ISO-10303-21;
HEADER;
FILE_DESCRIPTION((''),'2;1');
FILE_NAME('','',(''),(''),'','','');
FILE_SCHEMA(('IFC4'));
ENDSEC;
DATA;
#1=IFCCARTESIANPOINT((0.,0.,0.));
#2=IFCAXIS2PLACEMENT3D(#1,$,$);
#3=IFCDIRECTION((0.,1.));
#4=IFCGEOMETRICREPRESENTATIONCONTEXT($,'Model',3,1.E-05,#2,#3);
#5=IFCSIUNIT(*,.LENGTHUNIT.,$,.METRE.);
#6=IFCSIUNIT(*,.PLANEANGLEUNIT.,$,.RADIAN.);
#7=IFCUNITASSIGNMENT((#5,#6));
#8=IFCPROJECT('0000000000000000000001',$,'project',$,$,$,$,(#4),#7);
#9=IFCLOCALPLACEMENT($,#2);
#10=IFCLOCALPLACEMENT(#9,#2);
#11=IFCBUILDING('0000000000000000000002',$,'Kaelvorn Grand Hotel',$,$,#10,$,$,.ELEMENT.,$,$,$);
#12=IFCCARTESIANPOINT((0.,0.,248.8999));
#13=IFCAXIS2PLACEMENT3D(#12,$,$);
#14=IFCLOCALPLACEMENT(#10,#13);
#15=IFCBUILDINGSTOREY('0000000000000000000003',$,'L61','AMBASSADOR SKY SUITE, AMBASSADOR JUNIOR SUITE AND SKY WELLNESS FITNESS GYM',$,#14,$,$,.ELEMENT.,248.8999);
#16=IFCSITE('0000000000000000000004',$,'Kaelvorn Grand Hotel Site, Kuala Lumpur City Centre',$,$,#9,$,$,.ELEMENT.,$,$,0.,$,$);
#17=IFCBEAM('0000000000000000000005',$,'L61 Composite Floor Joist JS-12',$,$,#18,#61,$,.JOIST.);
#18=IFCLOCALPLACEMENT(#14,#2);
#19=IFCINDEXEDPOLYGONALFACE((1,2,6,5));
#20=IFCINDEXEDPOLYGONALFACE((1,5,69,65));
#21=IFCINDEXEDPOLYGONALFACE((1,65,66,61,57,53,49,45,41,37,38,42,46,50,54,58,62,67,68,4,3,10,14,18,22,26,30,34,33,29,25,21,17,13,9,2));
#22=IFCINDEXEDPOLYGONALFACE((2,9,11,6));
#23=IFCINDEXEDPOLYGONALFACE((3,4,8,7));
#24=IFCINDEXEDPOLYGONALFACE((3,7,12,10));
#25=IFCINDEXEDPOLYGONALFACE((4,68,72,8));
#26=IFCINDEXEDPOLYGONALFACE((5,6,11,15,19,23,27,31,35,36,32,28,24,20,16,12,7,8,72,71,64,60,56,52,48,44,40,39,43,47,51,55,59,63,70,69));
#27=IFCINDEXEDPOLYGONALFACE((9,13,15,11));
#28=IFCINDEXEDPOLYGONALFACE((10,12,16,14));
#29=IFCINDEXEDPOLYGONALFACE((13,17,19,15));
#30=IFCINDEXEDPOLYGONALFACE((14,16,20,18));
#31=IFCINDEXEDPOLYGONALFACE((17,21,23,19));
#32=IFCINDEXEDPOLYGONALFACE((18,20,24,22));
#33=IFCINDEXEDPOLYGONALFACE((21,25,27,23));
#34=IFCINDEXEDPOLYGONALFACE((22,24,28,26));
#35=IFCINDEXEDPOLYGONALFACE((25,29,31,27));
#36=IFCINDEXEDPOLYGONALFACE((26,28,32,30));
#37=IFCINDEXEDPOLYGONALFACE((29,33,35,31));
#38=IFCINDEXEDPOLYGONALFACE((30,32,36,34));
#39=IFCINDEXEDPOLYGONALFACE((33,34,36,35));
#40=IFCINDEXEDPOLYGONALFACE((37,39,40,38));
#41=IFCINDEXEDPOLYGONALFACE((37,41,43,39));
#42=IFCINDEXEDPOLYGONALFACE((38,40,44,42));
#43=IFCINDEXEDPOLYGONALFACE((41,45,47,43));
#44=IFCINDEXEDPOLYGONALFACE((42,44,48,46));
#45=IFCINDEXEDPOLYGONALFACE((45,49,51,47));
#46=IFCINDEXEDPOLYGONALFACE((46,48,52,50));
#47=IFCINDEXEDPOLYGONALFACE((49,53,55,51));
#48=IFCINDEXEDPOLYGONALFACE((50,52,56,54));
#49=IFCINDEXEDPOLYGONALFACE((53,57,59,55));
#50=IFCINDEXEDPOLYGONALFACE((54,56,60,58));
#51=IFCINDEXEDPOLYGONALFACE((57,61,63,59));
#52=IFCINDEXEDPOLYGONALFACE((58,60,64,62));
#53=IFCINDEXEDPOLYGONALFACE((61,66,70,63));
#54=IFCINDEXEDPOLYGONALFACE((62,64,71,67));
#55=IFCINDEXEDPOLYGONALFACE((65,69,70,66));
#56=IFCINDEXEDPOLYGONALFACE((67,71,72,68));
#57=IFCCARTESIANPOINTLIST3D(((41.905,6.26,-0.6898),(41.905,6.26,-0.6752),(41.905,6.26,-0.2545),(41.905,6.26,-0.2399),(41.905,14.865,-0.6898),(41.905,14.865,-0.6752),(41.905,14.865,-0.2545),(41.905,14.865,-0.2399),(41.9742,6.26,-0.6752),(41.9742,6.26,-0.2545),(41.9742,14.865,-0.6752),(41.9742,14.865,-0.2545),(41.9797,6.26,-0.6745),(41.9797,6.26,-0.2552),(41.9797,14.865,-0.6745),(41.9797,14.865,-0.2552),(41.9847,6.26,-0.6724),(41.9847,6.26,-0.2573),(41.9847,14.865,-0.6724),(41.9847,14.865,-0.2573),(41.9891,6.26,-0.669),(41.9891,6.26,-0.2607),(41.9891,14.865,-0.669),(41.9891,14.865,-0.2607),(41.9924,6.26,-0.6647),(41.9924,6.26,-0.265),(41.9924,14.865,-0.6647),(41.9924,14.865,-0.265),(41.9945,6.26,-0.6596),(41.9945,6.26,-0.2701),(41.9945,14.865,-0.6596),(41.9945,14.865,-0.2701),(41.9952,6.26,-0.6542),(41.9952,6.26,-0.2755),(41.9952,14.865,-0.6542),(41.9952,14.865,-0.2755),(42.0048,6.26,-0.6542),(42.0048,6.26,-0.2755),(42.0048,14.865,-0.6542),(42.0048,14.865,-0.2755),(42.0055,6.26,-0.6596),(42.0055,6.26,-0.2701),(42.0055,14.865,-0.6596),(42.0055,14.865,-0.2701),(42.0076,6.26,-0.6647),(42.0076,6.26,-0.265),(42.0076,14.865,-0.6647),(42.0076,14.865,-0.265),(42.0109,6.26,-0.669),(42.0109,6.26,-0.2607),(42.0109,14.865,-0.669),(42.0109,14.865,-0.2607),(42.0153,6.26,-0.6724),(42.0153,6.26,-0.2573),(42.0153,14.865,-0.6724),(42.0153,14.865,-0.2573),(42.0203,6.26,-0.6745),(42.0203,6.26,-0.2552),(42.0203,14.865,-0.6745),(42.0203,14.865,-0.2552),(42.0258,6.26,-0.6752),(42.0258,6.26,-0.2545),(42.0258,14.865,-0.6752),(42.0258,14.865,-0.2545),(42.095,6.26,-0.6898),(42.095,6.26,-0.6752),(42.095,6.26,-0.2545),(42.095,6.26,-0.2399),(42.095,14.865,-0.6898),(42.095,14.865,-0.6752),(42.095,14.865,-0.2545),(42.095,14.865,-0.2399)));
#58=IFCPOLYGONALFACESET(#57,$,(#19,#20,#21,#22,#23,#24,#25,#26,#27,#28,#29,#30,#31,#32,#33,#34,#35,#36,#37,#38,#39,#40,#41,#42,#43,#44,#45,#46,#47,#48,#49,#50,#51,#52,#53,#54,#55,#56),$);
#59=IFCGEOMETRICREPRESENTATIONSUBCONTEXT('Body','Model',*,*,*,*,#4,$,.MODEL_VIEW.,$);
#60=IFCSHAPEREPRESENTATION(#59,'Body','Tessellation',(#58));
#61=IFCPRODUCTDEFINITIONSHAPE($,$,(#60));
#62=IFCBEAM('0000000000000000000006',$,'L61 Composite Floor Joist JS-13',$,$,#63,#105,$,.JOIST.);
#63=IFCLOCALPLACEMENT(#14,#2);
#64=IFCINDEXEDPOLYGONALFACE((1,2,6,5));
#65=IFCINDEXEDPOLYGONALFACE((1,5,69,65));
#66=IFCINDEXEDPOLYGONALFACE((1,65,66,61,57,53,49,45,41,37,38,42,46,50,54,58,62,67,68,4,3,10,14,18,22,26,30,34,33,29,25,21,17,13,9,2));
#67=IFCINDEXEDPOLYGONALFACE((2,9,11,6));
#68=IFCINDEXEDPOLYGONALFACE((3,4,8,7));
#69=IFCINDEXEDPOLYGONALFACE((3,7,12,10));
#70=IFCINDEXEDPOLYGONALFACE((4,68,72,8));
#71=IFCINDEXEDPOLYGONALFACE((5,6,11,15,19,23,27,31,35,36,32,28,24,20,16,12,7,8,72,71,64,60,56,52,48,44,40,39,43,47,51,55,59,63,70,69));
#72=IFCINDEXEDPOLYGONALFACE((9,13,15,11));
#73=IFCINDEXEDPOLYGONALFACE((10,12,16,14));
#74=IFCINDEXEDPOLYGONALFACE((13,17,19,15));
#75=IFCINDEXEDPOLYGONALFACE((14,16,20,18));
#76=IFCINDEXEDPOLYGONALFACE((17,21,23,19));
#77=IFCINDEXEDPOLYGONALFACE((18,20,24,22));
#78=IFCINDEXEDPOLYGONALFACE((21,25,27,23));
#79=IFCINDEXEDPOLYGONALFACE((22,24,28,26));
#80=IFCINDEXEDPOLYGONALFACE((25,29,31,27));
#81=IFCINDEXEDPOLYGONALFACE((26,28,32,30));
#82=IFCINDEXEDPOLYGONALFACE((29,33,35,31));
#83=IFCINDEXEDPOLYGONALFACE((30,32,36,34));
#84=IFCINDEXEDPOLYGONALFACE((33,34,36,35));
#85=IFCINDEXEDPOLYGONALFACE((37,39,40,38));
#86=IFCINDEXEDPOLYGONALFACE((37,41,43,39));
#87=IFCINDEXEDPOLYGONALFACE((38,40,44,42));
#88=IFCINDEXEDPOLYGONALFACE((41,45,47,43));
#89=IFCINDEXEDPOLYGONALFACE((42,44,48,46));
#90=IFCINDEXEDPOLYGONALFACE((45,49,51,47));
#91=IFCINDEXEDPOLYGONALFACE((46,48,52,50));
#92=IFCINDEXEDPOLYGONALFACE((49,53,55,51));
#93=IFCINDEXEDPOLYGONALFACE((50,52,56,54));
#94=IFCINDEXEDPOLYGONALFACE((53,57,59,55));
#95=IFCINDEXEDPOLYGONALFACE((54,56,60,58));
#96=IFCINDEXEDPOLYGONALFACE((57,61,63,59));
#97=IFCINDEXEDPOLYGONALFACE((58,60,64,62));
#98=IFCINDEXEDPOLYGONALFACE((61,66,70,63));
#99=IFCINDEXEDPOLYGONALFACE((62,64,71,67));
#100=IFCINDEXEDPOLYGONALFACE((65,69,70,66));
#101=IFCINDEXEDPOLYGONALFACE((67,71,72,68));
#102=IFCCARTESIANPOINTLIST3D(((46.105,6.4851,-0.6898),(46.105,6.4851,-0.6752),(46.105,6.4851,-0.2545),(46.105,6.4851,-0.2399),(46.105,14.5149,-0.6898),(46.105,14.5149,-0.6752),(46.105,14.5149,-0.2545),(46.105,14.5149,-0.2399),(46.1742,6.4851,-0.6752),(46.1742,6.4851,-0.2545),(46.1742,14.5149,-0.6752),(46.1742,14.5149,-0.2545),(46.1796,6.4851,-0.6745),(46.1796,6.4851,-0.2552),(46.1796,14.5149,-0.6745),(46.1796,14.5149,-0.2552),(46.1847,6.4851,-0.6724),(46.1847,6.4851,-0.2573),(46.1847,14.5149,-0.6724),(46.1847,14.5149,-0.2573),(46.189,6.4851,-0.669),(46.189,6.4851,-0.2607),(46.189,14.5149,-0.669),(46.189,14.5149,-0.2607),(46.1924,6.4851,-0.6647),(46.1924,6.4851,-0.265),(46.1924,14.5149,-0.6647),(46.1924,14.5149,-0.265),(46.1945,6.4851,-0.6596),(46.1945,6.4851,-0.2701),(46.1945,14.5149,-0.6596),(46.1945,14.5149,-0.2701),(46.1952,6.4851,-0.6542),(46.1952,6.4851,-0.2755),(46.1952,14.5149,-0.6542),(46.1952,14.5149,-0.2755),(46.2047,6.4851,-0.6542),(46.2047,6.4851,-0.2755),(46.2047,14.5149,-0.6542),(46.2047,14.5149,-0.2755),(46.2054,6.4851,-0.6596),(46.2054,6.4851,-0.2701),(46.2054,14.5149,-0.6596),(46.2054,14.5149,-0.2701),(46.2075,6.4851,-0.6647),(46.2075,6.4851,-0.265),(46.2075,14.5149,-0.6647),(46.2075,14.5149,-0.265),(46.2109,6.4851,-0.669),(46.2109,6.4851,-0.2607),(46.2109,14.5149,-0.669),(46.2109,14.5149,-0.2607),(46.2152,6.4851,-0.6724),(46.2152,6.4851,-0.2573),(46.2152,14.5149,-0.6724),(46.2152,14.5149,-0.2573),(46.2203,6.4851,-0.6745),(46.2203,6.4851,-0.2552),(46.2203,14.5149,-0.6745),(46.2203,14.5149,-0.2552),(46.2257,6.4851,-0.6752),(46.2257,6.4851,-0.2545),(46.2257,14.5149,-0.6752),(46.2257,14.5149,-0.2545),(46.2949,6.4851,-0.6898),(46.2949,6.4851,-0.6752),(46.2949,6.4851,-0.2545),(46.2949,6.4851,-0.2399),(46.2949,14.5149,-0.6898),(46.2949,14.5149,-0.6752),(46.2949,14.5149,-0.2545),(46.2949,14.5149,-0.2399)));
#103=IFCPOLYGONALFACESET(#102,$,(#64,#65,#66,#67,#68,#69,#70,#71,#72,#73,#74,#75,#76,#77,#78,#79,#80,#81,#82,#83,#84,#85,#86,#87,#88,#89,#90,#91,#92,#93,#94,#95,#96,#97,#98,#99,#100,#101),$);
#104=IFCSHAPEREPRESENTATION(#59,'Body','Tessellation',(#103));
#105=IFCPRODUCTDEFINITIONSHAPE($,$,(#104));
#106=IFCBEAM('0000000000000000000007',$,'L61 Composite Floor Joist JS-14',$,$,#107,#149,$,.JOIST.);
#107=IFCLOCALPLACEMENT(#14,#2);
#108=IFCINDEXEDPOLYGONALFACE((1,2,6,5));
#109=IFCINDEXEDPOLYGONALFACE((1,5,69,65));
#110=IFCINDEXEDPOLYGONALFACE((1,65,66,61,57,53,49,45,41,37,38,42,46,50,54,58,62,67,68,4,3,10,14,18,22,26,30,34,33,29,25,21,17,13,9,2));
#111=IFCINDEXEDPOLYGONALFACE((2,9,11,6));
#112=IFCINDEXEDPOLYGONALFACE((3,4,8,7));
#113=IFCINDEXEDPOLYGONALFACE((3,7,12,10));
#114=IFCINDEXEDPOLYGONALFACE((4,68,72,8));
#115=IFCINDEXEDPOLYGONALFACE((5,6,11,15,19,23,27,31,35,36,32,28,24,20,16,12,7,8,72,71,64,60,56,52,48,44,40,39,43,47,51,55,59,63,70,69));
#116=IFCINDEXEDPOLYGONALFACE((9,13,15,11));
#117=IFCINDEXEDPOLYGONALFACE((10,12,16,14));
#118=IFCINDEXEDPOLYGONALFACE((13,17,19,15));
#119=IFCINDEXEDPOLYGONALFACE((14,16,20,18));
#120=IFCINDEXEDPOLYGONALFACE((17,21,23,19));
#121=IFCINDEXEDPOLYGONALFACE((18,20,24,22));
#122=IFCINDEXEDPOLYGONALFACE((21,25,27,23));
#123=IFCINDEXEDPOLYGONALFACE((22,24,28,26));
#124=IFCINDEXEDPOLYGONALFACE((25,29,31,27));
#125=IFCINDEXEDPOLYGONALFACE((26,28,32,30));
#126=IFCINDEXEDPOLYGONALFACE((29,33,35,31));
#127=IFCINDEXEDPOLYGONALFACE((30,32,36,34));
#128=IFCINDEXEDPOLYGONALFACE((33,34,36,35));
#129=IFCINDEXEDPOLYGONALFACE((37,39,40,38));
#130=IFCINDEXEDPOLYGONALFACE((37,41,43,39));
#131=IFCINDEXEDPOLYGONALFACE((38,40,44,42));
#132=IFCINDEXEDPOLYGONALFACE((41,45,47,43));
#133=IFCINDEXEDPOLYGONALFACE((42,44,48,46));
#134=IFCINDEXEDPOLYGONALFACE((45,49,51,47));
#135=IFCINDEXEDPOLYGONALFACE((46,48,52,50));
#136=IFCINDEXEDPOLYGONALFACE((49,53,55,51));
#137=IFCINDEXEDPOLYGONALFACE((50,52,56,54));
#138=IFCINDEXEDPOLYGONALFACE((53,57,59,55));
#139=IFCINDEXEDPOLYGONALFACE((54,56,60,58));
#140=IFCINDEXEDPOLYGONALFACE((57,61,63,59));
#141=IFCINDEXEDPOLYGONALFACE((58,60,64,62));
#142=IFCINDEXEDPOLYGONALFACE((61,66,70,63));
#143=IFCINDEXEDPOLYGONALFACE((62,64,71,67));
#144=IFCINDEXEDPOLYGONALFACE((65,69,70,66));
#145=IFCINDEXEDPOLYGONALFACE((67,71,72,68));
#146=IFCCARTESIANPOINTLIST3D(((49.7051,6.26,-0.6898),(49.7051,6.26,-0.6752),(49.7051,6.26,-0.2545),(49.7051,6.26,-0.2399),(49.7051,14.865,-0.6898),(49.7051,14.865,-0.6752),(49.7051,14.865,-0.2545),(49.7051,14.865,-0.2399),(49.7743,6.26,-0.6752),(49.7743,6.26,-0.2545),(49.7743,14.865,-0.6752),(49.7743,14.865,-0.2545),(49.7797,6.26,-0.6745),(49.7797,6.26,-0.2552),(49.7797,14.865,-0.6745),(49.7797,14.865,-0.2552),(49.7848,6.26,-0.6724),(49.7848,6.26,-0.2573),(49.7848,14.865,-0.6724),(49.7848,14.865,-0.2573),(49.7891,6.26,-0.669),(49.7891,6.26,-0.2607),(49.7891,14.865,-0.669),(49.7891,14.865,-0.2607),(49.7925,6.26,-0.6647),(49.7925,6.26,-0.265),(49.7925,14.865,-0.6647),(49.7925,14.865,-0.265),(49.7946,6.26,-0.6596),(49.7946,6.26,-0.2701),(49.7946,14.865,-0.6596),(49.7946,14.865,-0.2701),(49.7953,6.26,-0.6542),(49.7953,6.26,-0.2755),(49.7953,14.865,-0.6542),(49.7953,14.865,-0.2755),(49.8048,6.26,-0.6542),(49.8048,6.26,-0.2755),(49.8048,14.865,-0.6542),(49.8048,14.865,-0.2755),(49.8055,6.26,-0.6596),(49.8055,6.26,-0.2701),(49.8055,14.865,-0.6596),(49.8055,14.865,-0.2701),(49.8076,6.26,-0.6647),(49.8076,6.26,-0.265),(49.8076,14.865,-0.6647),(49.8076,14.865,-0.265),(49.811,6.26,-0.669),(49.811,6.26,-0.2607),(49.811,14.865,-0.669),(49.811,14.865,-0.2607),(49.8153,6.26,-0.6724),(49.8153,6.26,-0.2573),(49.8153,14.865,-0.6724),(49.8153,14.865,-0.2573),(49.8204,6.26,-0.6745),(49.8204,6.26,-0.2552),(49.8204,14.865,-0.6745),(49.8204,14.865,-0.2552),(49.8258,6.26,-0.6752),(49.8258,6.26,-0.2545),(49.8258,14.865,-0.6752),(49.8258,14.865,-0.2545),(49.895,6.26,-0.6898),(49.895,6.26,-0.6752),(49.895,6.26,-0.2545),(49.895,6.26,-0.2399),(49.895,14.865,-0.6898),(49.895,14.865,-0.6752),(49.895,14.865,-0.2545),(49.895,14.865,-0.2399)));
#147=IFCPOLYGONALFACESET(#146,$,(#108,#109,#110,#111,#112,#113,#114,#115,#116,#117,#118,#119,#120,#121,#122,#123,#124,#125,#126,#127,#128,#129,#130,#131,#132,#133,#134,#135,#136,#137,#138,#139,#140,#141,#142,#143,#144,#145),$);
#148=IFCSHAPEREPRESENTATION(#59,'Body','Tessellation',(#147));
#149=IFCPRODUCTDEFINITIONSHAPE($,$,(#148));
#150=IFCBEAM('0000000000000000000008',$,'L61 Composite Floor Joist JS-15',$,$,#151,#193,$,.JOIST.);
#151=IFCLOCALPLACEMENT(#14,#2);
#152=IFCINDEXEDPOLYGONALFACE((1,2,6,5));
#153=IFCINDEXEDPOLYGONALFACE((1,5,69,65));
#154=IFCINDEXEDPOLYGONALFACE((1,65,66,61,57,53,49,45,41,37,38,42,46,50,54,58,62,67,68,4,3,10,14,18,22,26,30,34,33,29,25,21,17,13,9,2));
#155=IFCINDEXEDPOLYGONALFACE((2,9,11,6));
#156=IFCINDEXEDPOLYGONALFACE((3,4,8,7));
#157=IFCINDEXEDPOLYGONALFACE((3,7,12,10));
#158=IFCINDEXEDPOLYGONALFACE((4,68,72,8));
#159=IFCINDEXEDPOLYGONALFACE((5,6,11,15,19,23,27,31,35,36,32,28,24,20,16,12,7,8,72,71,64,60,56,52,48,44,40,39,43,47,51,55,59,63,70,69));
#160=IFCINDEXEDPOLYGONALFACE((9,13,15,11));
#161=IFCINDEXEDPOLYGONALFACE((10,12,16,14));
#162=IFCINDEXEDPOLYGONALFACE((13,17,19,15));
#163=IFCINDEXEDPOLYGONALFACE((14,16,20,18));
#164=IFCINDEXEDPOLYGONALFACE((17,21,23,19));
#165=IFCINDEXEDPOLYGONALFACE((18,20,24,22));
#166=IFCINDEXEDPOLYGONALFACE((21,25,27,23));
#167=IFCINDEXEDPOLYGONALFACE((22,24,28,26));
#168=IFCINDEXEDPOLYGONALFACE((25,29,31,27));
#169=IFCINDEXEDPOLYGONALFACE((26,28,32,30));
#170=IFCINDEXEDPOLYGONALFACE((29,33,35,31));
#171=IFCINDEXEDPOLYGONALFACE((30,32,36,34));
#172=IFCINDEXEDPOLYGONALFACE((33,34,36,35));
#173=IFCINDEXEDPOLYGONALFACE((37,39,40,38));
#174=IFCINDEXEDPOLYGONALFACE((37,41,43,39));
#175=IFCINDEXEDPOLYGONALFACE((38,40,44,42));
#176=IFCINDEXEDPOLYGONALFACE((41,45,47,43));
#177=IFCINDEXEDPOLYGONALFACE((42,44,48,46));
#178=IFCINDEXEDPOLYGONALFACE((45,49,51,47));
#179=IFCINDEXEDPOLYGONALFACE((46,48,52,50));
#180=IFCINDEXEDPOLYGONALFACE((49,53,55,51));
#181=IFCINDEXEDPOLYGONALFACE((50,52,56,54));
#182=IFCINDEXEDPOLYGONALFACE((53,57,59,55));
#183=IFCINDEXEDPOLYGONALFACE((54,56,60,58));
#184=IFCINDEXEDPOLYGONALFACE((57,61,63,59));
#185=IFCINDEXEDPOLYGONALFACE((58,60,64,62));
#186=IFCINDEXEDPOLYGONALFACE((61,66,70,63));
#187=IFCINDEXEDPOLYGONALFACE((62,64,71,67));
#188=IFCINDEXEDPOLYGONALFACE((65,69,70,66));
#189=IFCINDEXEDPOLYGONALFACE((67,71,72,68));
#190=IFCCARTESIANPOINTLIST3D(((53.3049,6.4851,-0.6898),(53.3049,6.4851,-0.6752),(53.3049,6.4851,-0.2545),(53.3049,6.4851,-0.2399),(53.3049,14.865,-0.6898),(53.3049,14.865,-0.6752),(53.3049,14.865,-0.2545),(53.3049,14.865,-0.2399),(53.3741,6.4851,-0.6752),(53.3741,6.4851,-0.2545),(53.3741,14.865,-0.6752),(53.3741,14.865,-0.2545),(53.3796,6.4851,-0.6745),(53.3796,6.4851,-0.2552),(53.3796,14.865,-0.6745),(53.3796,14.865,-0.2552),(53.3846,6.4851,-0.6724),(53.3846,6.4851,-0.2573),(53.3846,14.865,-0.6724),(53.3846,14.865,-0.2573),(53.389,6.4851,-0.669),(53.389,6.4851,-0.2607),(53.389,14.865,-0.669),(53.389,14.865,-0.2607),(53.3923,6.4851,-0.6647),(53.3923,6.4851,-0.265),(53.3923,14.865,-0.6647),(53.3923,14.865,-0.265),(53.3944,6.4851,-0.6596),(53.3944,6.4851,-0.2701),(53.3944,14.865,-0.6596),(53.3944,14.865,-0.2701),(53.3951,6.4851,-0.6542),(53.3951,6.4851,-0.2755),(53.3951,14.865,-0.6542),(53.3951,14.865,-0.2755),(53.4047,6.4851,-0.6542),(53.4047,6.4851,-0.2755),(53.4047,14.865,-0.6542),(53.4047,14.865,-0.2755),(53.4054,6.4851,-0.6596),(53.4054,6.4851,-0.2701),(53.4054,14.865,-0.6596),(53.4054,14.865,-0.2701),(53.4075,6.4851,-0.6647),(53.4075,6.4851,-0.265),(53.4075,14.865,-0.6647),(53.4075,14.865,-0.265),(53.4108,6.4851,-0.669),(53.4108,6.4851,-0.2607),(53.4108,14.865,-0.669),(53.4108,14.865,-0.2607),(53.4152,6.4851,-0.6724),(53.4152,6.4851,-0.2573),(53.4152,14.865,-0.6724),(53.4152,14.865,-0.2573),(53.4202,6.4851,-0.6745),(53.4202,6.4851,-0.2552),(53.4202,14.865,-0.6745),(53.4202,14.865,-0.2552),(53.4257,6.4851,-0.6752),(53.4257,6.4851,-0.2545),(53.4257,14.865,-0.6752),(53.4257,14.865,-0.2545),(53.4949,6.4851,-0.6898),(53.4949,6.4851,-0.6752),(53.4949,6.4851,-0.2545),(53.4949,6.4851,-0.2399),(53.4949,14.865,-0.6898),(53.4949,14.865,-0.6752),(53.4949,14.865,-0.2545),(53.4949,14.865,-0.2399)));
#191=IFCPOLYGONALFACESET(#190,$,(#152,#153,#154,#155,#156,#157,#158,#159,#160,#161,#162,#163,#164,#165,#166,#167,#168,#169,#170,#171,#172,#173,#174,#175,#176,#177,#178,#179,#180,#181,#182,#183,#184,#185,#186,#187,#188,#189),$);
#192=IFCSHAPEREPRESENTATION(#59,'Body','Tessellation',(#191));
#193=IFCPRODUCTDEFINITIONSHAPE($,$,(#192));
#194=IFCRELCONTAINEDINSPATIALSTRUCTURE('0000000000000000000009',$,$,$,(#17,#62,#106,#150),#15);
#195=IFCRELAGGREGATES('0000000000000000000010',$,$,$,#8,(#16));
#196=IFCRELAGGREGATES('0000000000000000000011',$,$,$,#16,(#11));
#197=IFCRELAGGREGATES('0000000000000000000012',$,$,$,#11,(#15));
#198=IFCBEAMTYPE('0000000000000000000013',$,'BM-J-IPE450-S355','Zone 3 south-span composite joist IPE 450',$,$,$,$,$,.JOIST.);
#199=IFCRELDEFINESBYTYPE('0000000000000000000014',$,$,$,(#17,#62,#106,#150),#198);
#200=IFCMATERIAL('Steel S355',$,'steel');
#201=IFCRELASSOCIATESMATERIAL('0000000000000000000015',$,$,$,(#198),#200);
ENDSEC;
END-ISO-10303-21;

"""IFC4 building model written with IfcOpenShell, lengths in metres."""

from ifc_helpers import new_model, si_unit, direction, frame, origin, origin_2d, place, context, subcontext, project, spatial, i_section, extrude, material, material_profile, profile_set, type_object, element, save


model = new_model("IFC4")

# Units and contexts
model_context = context("Model", 3, precision=1e-05, world=origin(), true_north=direction((0.0, 1.0)))
body_context = subcontext(model_context, "Body", "Model", "MODEL_VIEW")
ifc_project = project(units=[si_unit("LENGTHUNIT", "METRE"), si_unit("PLANEANGLEUNIT", "RADIAN")], contexts=[model_context])

# Site, building, storey
site_placement = place(None, origin())
site = spatial("IfcSite", under=ifc_project, at=site_placement, Name="Kaelvorn Grand Hotel Site, Kuala Lumpur City Centre", CompositionType="ELEMENT", RefElevation=0.0)
building_placement = place(site_placement, origin())
building = spatial("IfcBuilding", under=site, at=building_placement, Name="Kaelvorn Grand Hotel", CompositionType="ELEMENT")
storey_placement = place(building_placement, frame((0.0, 0.0, 248.8999)))
storey = spatial("IfcBuildingStorey", under=building, at=storey_placement, Name="L61", Description="AMBASSADOR SKY SUITE, AMBASSADOR JUNIOR SUITE AND SKY WELLNESS FITNESS GYM", CompositionType="ELEMENT", Elevation=248.8999)

# Beams
ifc_material_1 = material(Name="Steel S355", Category="steel")
ifc_material_profile_1 = material_profile(ifc_material_1, i_section(OverallWidth=0.1899, OverallDepth=0.45, WebThickness=0.0095, FlangeThickness=0.0146, FilletRadius=0.021, at=origin_2d()), Name="IPE 450")
ifc_profile_set_1 = profile_set([ifc_material_profile_1], Name="Steel S355")
beam_type_1 = type_object("IfcBeamType", Name="BM-J-IPE450-S355", Description="Zone 3 south-span composite joist IPE 450", PredefinedType="JOIST", material=ifc_profile_set_1)
beam_1_placement = place(storey_placement, frame((42.0, 6.26, -0.4648), z_axis=(0.0, 1.0, 0.0), x_axis=(-1.0, 0.0, 0.0)))
element("IfcBeam", 1, at=beam_1_placement, inside=storey, type_object=beam_type_1, Name="L61 Composite Floor Joist JS-12", PredefinedType="JOIST", context=body_context, shape_type="SweptSolid", body=[
    extrude(i_section(OverallWidth=0.1899, OverallDepth=0.45, WebThickness=0.0095, FlangeThickness=0.0146, FilletRadius=0.021, at=origin_2d()), origin(), (0.0, 0.0, 1.0), 8.605),
])
beam_2_placement = place(storey_placement, frame((46.2, 6.4851, -0.4648), z_axis=(0.0, 1.0, 0.0), x_axis=(-1.0, 0.0, 0.0)))
element("IfcBeam", 2, at=beam_2_placement, inside=storey, type_object=beam_type_1, Name="L61 Composite Floor Joist JS-13", PredefinedType="JOIST", context=body_context, shape_type="SweptSolid", body=[
    extrude(i_section(OverallWidth=0.1899, OverallDepth=0.45, WebThickness=0.0095, FlangeThickness=0.0146, FilletRadius=0.021, at=origin_2d()), origin(), (0.0, 0.0, 1.0), 8.0298),
])
beam_3_placement = place(storey_placement, frame((49.8, 6.26, -0.4648), z_axis=(0.0, 1.0, 0.0), x_axis=(-1.0, 0.0, 0.0)))
element("IfcBeam", 3, at=beam_3_placement, inside=storey, type_object=beam_type_1, Name="L61 Composite Floor Joist JS-14", PredefinedType="JOIST", context=body_context, shape_type="SweptSolid", body=[
    extrude(i_section(OverallWidth=0.1899, OverallDepth=0.45, WebThickness=0.0095, FlangeThickness=0.0146, FilletRadius=0.021, at=origin_2d()), origin(), (0.0, 0.0, 1.0), 8.605),
])
beam_4_placement = place(storey_placement, frame((53.3999, 6.4851, -0.4648), z_axis=(0.0, 1.0, 0.0), x_axis=(-1.0, 0.0, 0.0)))
element("IfcBeam", 4, at=beam_4_placement, inside=storey, type_object=beam_type_1, Name="L61 Composite Floor Joist JS-15", PredefinedType="JOIST", context=body_context, shape_type="SweptSolid", body=[
    extrude(i_section(OverallWidth=0.1899, OverallDepth=0.45, WebThickness=0.0095, FlangeThickness=0.0146, FilletRadius=0.021, at=origin_2d()), origin(), (0.0, 0.0, 1.0), 8.3799),
])

save(model, "model.ifc")
